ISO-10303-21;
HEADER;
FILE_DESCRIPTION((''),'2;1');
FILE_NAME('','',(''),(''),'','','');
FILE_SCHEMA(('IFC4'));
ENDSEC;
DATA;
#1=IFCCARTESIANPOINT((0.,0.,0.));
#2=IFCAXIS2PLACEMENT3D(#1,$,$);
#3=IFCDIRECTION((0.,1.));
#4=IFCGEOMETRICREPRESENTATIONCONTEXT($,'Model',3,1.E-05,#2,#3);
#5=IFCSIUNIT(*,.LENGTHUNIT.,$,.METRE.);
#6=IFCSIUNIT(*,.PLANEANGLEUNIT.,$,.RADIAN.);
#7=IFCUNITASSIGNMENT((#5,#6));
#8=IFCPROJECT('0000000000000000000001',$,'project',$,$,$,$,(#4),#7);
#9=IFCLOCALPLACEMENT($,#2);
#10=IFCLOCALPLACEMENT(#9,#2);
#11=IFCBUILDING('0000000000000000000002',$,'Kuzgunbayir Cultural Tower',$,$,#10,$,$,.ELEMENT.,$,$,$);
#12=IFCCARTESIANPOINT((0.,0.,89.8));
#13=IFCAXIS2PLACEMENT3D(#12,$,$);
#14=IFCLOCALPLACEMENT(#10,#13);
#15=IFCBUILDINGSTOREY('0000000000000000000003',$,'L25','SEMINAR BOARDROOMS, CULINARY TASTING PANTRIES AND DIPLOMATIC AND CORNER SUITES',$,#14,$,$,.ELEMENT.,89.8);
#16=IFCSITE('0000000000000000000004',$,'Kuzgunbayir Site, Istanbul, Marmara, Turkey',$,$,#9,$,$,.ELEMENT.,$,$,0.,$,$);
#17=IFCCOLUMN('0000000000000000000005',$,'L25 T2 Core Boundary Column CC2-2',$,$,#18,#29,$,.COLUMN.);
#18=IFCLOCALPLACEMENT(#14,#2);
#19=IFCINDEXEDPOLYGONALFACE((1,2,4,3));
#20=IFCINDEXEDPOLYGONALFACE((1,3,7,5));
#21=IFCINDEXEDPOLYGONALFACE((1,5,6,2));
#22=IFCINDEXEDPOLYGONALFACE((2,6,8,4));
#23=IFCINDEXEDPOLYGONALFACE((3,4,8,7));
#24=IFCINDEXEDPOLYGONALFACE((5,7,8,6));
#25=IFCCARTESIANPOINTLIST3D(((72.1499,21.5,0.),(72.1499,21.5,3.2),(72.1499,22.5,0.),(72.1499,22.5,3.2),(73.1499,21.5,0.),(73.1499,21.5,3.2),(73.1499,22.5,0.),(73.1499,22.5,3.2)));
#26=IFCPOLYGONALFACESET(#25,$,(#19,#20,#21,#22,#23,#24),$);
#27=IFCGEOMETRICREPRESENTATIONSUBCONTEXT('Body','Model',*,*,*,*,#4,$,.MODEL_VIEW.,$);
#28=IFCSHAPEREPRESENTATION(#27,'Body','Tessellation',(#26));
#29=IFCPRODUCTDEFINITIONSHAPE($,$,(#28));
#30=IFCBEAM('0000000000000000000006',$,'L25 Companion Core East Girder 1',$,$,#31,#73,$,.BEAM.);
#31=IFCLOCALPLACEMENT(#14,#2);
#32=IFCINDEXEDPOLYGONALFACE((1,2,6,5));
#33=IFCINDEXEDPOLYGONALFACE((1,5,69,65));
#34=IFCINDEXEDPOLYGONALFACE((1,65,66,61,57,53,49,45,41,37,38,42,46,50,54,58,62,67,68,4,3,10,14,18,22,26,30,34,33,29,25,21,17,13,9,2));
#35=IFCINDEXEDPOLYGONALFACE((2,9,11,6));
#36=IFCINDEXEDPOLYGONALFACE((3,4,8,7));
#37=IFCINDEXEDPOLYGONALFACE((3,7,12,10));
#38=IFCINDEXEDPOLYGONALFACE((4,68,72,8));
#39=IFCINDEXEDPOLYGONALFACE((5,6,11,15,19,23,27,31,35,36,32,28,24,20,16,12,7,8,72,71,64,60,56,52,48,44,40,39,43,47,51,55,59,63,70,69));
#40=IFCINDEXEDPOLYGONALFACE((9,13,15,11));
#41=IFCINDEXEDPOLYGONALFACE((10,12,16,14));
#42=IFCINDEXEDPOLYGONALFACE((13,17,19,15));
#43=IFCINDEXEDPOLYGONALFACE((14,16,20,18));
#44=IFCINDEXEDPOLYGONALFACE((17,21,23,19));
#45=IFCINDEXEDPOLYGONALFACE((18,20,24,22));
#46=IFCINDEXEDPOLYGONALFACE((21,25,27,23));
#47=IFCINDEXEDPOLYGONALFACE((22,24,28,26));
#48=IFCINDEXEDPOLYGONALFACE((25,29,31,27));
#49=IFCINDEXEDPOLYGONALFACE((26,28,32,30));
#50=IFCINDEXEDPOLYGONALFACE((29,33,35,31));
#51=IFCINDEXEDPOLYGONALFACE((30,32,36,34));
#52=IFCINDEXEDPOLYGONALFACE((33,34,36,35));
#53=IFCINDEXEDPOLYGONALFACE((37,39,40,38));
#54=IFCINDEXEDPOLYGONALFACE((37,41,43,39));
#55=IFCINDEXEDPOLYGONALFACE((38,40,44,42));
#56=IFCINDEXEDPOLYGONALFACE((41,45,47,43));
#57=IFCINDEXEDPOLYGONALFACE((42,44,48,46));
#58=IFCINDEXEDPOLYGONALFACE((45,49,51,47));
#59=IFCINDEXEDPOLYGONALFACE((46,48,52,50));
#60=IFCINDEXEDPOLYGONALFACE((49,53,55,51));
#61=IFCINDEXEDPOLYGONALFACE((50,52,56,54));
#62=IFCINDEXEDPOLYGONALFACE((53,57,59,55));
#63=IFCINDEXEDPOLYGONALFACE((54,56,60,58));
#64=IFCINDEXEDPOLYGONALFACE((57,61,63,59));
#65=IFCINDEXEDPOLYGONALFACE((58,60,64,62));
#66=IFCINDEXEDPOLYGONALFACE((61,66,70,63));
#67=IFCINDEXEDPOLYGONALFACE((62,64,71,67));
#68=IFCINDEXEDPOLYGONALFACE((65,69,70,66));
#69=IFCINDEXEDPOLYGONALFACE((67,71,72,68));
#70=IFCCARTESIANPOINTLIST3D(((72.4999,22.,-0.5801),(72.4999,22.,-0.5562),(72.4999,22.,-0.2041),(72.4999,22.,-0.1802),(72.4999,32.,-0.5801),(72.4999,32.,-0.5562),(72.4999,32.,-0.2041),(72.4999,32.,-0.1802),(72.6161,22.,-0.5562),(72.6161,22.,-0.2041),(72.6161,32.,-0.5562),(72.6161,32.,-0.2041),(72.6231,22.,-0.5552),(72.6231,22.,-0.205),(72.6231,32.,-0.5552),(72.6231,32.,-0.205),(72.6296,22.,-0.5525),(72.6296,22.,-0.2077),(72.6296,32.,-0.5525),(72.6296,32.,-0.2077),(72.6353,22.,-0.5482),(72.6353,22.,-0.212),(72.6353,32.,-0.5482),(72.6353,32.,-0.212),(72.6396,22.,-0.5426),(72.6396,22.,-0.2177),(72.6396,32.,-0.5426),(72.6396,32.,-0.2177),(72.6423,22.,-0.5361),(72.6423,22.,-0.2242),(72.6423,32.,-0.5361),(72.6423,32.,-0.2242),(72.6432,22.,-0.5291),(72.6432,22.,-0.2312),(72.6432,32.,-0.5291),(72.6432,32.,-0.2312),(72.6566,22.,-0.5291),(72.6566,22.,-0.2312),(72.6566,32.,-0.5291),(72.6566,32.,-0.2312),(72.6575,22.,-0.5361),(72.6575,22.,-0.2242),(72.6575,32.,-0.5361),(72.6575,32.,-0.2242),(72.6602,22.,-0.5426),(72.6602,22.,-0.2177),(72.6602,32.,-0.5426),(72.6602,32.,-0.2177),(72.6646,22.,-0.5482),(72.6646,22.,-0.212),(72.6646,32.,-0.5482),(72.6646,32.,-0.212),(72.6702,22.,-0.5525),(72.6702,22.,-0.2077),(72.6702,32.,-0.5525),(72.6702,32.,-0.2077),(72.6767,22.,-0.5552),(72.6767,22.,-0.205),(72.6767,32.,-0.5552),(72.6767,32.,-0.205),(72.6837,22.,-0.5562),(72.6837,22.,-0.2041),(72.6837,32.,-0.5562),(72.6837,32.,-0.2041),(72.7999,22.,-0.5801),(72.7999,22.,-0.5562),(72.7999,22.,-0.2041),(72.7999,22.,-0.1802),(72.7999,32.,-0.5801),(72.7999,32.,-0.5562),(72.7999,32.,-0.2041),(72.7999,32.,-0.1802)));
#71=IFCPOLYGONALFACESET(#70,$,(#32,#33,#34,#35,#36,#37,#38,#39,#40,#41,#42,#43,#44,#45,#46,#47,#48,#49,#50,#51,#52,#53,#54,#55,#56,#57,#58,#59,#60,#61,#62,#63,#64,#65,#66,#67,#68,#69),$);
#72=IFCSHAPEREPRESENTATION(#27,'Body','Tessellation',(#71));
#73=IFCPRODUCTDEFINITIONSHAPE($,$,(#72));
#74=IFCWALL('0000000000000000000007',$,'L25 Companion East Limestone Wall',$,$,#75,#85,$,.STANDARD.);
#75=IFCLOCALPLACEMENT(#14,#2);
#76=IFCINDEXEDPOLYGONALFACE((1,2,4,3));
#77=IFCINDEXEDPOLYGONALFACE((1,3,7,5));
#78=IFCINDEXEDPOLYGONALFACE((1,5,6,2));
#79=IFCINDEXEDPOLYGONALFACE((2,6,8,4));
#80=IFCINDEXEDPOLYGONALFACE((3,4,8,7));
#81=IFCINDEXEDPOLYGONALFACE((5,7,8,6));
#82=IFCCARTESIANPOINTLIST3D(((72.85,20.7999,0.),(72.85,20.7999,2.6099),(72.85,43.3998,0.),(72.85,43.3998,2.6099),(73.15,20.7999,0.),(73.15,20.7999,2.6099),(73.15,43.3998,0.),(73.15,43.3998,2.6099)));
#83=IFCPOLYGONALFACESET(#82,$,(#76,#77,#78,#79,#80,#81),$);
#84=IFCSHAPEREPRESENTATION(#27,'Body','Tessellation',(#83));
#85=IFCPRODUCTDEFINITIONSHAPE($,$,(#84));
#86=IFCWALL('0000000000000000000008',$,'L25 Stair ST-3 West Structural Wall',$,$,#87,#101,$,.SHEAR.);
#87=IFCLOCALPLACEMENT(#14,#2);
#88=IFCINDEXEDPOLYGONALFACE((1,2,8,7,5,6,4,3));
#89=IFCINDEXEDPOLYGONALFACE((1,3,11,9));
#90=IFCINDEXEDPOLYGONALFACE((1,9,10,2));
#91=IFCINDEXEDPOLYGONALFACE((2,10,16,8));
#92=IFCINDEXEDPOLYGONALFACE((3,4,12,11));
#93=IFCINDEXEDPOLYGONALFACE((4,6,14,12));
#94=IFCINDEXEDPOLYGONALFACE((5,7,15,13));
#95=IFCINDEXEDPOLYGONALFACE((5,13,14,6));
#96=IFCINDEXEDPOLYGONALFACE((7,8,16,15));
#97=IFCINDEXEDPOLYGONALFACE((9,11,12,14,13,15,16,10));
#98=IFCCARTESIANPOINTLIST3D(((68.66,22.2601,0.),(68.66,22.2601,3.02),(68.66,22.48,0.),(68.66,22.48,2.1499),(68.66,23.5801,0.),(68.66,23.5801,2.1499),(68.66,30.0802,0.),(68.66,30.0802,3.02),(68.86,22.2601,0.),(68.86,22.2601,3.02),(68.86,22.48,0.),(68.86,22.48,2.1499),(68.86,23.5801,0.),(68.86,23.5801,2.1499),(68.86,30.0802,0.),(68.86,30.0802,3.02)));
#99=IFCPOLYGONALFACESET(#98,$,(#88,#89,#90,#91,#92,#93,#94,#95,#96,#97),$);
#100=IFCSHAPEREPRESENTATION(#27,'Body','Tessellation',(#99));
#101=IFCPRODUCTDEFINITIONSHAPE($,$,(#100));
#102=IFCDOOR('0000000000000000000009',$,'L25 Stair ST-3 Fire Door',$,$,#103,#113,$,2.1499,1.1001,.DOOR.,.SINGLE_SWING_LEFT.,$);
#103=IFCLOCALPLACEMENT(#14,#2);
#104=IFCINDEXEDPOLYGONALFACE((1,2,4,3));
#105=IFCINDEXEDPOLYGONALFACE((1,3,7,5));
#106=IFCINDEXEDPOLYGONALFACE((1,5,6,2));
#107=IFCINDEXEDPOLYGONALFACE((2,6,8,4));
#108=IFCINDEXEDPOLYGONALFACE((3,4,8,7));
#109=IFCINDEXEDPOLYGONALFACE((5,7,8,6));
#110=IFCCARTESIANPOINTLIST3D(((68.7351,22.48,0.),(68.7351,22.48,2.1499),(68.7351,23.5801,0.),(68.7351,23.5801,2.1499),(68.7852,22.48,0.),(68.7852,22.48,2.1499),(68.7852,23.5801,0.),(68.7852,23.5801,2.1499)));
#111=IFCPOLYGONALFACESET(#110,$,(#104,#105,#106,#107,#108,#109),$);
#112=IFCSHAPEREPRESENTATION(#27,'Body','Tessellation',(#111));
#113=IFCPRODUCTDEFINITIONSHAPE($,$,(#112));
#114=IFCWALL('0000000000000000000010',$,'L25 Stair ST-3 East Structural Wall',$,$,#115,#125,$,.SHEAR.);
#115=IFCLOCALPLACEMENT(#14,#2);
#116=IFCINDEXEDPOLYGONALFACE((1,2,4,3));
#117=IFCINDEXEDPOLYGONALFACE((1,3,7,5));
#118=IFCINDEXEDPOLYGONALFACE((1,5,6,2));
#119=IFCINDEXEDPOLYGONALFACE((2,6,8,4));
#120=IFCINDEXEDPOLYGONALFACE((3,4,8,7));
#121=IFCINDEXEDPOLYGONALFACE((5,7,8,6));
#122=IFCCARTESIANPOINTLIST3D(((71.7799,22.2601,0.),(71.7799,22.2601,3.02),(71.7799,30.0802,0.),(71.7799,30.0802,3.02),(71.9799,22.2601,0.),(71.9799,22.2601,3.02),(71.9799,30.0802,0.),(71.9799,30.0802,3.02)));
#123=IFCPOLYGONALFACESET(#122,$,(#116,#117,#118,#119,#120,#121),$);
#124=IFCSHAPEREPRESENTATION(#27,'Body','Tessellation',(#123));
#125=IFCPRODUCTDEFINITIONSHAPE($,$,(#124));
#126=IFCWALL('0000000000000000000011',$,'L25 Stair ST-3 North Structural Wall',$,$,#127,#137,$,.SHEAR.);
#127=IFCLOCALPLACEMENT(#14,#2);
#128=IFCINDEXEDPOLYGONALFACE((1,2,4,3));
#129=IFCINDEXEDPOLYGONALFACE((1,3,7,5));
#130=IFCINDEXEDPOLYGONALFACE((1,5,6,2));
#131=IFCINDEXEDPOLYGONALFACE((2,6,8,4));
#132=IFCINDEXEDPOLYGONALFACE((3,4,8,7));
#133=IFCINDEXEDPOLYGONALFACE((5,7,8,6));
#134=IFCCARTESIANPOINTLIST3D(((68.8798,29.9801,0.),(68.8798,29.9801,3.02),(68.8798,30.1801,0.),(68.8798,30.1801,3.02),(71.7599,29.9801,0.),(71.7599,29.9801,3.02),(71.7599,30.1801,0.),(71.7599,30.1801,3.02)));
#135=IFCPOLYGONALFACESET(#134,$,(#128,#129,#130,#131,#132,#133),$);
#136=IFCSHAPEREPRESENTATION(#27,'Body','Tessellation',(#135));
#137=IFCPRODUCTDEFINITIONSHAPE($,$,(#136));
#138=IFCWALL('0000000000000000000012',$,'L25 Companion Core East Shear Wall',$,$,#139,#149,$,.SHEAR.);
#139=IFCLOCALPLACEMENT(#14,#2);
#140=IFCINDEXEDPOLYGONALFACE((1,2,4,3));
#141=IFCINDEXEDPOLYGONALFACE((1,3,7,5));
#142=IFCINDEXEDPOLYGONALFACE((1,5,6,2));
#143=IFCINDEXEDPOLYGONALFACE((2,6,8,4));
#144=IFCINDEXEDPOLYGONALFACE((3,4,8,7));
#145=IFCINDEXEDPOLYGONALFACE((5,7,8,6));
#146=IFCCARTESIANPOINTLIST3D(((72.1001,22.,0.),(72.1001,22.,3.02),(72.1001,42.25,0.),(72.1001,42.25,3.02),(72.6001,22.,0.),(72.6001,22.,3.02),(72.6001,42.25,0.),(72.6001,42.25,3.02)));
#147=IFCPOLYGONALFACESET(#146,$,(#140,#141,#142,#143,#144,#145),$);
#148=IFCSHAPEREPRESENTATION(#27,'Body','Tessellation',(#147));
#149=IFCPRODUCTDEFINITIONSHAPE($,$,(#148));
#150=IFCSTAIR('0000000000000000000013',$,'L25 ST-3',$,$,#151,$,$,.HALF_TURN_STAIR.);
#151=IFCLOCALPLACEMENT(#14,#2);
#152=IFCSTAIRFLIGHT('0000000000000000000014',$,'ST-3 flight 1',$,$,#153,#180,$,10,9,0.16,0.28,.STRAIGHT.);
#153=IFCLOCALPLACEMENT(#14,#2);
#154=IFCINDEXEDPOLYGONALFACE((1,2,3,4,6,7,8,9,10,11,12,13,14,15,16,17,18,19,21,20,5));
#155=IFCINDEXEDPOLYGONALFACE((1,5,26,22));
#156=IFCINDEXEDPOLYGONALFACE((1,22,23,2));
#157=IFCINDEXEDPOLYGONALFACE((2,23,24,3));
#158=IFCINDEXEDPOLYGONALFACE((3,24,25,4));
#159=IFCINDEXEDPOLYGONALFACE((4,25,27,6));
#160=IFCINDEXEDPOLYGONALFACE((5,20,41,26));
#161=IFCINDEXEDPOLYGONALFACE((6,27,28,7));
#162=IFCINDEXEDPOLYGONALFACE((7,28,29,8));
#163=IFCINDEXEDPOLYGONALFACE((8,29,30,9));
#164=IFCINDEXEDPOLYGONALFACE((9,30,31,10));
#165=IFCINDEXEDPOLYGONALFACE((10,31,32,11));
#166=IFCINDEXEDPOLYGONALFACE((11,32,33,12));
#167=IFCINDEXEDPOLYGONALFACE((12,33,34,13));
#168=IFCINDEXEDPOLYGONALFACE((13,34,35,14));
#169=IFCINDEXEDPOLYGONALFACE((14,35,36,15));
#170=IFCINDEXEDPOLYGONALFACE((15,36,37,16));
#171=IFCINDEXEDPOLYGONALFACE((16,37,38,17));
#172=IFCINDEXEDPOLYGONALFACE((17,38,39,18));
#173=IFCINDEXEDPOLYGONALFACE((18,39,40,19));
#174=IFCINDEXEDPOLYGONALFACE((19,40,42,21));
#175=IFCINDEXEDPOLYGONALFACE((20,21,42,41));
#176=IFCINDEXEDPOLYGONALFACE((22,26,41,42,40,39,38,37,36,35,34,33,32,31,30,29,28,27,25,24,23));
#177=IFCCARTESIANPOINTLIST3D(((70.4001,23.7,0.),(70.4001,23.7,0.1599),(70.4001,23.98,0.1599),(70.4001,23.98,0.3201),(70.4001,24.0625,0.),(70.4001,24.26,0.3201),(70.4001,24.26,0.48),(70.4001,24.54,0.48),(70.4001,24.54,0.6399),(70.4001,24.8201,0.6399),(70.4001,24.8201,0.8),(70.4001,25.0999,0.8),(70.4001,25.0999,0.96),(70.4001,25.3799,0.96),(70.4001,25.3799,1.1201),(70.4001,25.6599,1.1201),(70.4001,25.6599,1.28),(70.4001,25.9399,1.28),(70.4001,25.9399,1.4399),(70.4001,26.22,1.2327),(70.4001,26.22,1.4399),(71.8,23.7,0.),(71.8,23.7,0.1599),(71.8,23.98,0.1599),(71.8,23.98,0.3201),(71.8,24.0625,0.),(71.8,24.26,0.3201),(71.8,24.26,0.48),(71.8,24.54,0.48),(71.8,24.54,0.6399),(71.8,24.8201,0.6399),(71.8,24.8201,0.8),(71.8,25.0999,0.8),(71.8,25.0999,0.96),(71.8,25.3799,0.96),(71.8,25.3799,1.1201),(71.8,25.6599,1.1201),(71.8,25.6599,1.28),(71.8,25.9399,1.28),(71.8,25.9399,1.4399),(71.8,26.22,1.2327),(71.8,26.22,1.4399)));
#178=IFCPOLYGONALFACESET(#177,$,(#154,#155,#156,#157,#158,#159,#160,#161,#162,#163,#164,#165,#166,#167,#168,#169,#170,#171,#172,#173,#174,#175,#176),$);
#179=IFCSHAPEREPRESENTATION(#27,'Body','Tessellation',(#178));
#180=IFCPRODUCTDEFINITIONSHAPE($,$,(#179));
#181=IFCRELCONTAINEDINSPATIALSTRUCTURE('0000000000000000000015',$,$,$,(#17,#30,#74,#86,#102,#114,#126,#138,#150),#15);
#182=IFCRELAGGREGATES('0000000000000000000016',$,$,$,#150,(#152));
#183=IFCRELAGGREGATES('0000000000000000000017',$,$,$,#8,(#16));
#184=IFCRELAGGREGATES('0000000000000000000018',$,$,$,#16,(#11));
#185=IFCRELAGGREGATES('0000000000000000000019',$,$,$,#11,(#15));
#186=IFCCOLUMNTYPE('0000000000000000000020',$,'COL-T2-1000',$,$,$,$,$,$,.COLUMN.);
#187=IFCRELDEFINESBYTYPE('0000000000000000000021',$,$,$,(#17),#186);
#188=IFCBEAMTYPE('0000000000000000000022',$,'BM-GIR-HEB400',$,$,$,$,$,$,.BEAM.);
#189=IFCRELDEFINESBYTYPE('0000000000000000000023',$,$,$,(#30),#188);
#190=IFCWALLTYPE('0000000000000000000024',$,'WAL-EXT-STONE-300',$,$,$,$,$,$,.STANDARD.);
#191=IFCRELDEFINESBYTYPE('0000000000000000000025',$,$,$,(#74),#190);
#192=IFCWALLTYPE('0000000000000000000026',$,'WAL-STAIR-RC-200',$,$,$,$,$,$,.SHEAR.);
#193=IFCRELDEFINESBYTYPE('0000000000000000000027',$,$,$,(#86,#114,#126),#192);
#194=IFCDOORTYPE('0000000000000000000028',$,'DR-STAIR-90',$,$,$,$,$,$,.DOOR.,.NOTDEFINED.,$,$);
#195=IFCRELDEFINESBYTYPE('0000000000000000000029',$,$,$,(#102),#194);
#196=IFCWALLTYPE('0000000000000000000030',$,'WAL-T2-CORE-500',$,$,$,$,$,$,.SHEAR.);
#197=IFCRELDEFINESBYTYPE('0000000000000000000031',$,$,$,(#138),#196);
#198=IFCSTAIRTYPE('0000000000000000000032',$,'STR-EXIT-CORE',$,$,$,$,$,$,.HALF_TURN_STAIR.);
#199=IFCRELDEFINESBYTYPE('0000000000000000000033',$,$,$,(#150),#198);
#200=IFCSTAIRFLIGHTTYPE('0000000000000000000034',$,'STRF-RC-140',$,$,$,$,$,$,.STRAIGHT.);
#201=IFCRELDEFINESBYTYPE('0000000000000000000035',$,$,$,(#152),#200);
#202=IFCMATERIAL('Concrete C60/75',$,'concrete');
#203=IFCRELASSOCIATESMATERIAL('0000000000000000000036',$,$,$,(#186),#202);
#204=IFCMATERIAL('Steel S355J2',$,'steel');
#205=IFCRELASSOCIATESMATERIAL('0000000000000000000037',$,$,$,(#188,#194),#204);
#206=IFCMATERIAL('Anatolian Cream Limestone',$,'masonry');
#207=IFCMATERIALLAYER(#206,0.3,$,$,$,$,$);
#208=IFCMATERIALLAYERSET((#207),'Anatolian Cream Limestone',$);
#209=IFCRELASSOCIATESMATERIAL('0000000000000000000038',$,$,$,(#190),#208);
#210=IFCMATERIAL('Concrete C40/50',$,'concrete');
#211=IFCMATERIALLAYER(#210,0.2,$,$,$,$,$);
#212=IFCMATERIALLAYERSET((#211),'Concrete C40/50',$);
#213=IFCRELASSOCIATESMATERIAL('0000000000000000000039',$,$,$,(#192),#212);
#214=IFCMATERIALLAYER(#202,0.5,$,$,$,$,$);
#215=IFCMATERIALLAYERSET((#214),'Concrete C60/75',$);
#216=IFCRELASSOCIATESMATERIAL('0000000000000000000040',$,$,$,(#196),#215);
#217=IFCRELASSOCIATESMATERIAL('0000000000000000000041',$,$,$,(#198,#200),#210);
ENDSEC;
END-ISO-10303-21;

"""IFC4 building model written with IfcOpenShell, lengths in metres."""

from ifc_helpers import new_model, si_unit, direction, frame, frame_2d, origin, origin_2d, place, context, subcontext, project, spatial, polyline, rectangle, i_section, outline, extrude, material, layer, layer_set, material_profile, profile_set, type_object, element, fill, aggregate, save


model = new_model("IFC4")

# Units and contexts
model_context = context("Model", 3, precision=1e-05, world=origin(), true_north=direction((0.0, 1.0)))
body_context = subcontext(model_context, "Body", "Model", "MODEL_VIEW")
ifc_project = project(units=[si_unit("LENGTHUNIT", "METRE"), si_unit("PLANEANGLEUNIT", "RADIAN")], contexts=[model_context])

# Site, building, storey
site_placement = place(None, origin())
site = spatial("IfcSite", under=ifc_project, at=site_placement, Name="Kuzgunbayir Site, Istanbul, Marmara, Turkey", CompositionType="ELEMENT", RefElevation=0.0)
building_placement = place(site_placement, origin())
building = spatial("IfcBuilding", under=site, at=building_placement, Name="Kuzgunbayir Cultural Tower", CompositionType="ELEMENT")
storey_placement = place(building_placement, frame((0.0, 0.0, 89.8)))
storey = spatial("IfcBuildingStorey", under=building, at=storey_placement, Name="L25", Description="SEMINAR BOARDROOMS, CULINARY TASTING PANTRIES AND DIPLOMATIC AND CORNER SUITES", CompositionType="ELEMENT", Elevation=89.8)

# Column
ifc_material_1 = material(Name="Concrete C60/75", Category="concrete")
ifc_material_profile_1 = material_profile(ifc_material_1, rectangle(XDim=1.0, YDim=1.0, at=origin_2d()), Name="RC 1000x1000")
ifc_profile_set_1 = profile_set([ifc_material_profile_1], Name="Concrete C60/75")
column_type = type_object("IfcColumnType", Name="COL-T2-1000", PredefinedType="COLUMN", material=ifc_profile_set_1)
column_placement = place(storey_placement, frame((72.6499, 22.0, 0.0), z_axis=(0.0, 0.0, 1.0), x_axis=(1.0, 0.0, 0.0)))
element("IfcColumn", 1, at=column_placement, inside=storey, type_object=column_type, Name="L25 T2 Core Boundary Column CC2-2", PredefinedType="COLUMN", context=body_context, shape_type="SweptSolid", body=[
    extrude(rectangle(XDim=1.0, YDim=1.0, at=origin_2d()), origin(), (0.0, 0.0, 1.0), 3.2),
])

# Beam
ifc_material_2 = material(Name="Steel S355J2", Category="steel")
ifc_material_profile_2 = material_profile(ifc_material_2, i_section(OverallWidth=0.3, OverallDepth=0.3999, WebThickness=0.0134, FlangeThickness=0.0239, FilletRadius=0.0271, at=origin_2d()), Name="HEB 400")
ifc_profile_set_2 = profile_set([ifc_material_profile_2], Name="Steel S355J2")
beam_type = type_object("IfcBeamType", Name="BM-GIR-HEB400", PredefinedType="BEAM", material=ifc_profile_set_2)
beam_placement = place(storey_placement, frame((72.6499, 22.0, -0.3801), z_axis=(0.0, 1.0, 0.0), x_axis=(-1.0, 0.0, 0.0)))
element("IfcBeam", 2, at=beam_placement, inside=storey, type_object=beam_type, Name="L25 Companion Core East Girder 1", PredefinedType="BEAM", context=body_context, shape_type="SweptSolid", body=[
    extrude(i_section(OverallWidth=0.3, OverallDepth=0.3999, WebThickness=0.0134, FlangeThickness=0.0239, FilletRadius=0.0271, at=origin_2d()), origin(), (0.0, 0.0, 1.0), 10.0),
])

# Wall
ifc_material_3 = material(Name="Anatolian Cream Limestone", Category="masonry")
ifc_layer_1 = layer(ifc_material_3, 0.3)
ifc_layer_set_1 = layer_set([ifc_layer_1], Name="Anatolian Cream Limestone")
wall_type_1 = type_object("IfcWallType", Name="WAL-EXT-STONE-300", PredefinedType="STANDARD", material=ifc_layer_set_1)
wall_1_placement = place(storey_placement, frame((73.0, 20.8, 0.0), z_axis=(0.0, 0.0, 1.0), x_axis=(0.0, 1.0, 0.0)))
element("IfcWall", 3, at=wall_1_placement, inside=storey, type_object=wall_type_1, Name="L25 Companion East Limestone Wall", PredefinedType="STANDARD", context=body_context, shape_type="SweptSolid", body=[
    extrude(rectangle(XDim=22.5999, YDim=0.3, at=frame_2d((11.2998, 0.0))), origin(), (0.0, 0.0, 1.0), 2.6099),
])

# Wall, opening, door
ifc_material_4 = material(Name="Concrete C40/50", Category="concrete")
ifc_layer_2 = layer(ifc_material_4, 0.2)
ifc_layer_set_2 = layer_set([ifc_layer_2], Name="Concrete C40/50")
wall_type_2 = type_object("IfcWallType", Name="WAL-STAIR-RC-200", PredefinedType="SHEAR", material=ifc_layer_set_2)
wall_2_placement = place(storey_placement, frame((68.76, 22.26, 0.0), z_axis=(0.0, 0.0, 1.0), x_axis=(0.0, 1.0, 0.0)))
wall_2 = element("IfcWall", 4, at=wall_2_placement, inside=storey, type_object=wall_type_2, Name="L25 Stair ST-3 West Structural Wall", PredefinedType="SHEAR", context=body_context, shape_type="SweptSolid", body=[
    extrude(rectangle(XDim=7.8201, YDim=0.2, at=frame_2d((3.9102, 0.0))), origin(), (0.0, 0.0, 1.0), 3.02),
])
opening_1_placement = place(wall_2_placement, frame((0.22, 0.0, 0.0)))
opening_1 = element("IfcOpeningElement", 5, at=opening_1_placement, cuts=wall_2, PredefinedType="OPENING", context=body_context, shape_type="SweptSolid", body=[
    extrude(rectangle(XDim=1.1001, YDim=2.1499, at=frame_2d((0.55, 1.075))), frame((0.0, 0.1099, 0.0), z_axis=(0.0, -1.0, 0.0), x_axis=(1.0, 0.0, 0.0)), (0.0, 0.0, 1.0), 0.22),
])
door_type_1 = type_object("IfcDoorType", Name="DR-STAIR-90", OperationType="NOTDEFINED", PredefinedType="DOOR", material=ifc_material_2)
door_1_placement = place(opening_1_placement, origin())
door_1 = element("IfcDoor", 6, at=door_1_placement, inside=storey, type_object=door_type_1, Name="L25 Stair ST-3 Fire Door", OperationType="SINGLE_SWING_LEFT", OverallHeight=2.1499, OverallWidth=1.1001, PredefinedType="DOOR", context=body_context, shape_type="SweptSolid", body=[
    extrude(rectangle(XDim=1.1001, YDim=2.1499, at=frame_2d((0.55, 1.075))), frame((0.0, 0.0249, 0.0), z_axis=(0.0, -1.0, 0.0), x_axis=(1.0, 0.0, 0.0)), (0.0, 0.0, 1.0), 0.05),
])
fill(opening_1, door_1)

# Walls
wall_3_placement = place(storey_placement, frame((71.8799, 22.26, 0.0), z_axis=(0.0, 0.0, 1.0), x_axis=(0.0, 1.0, 0.0)))
element("IfcWall", 7, at=wall_3_placement, inside=storey, type_object=wall_type_2, Name="L25 Stair ST-3 East Structural Wall", PredefinedType="SHEAR", context=body_context, shape_type="SweptSolid", body=[
    extrude(rectangle(XDim=7.8201, YDim=0.2, at=frame_2d((3.9102, 0.0))), origin(), (0.0, 0.0, 1.0), 3.02),
])
wall_4_placement = place(storey_placement, frame((68.8799, 30.0801, 0.0), z_axis=(0.0, 0.0, 1.0), x_axis=(1.0, 0.0, 0.0)))
element("IfcWall", 8, at=wall_4_placement, inside=storey, type_object=wall_type_2, Name="L25 Stair ST-3 North Structural Wall", PredefinedType="SHEAR", context=body_context, shape_type="SweptSolid", body=[
    extrude(rectangle(XDim=2.8801, YDim=0.2, at=frame_2d((1.4399, 0.0))), origin(), (0.0, 0.0, 1.0), 3.02),
])
ifc_layer_3 = layer(ifc_material_1, 0.5)
ifc_layer_set_3 = layer_set([ifc_layer_3], Name="Concrete C60/75")
wall_type_3 = type_object("IfcWallType", Name="WAL-T2-CORE-500", PredefinedType="SHEAR", material=ifc_layer_set_3)
wall_5_placement = place(storey_placement, frame((72.3501, 22.0, 0.0), z_axis=(0.0, 0.0, 1.0), x_axis=(0.0, 1.0, 0.0)))
element("IfcWall", 9, at=wall_5_placement, inside=storey, type_object=wall_type_3, Name="L25 Companion Core East Shear Wall", PredefinedType="SHEAR", context=body_context, shape_type="SweptSolid", body=[
    extrude(rectangle(XDim=20.25, YDim=0.5, at=frame_2d((10.125, 0.0))), origin(), (0.0, 0.0, 1.0), 3.02),
])

# Stair, stair flight
stair_type = type_object("IfcStairType", Name="STR-EXIT-CORE", PredefinedType="HALF_TURN_STAIR", material=ifc_material_4)
stair_placement = place(storey_placement, origin())
stair = element("IfcStair", 10, at=stair_placement, inside=storey, type_object=stair_type, Name="L25 ST-3", PredefinedType="HALF_TURN_STAIR")
stair_flight_type = type_object("IfcStairFlightType", Name="STRF-RC-140", PredefinedType="STRAIGHT", material=ifc_material_4)
stair_flight_1_placement = place(storey_placement, frame((71.1001, 23.7, 0.0), z_axis=(0.0, 0.0, 1.0), x_axis=(0.0, 1.0, 0.0)))
stair_flight_1 = element("IfcStairFlight", 11, at=stair_flight_1_placement, type_object=stair_flight_type, Name="ST-3 flight 1", NumberOfRisers=10, NumberOfTreads=9, PredefinedType="STRAIGHT", RiserHeight=0.16, TreadLength=0.28, context=body_context, shape_type="SweptSolid", body=[
    extrude(outline(polyline([(0.0, 0.0), (0.0, 0.1599), (0.28, 0.1599), (0.28, 0.3201), (0.5601, 0.3201), (0.5601, 0.48), (0.8401, 0.48), (0.8401, 0.6399), (1.1201, 0.6399), (1.1201, 0.8), (1.3999, 0.8), (1.3999, 0.96), (1.6799, 0.96), (1.6799, 1.1201), (1.96, 1.1201), (1.96, 1.28), (2.24, 1.28), (2.24, 1.4399), (2.52, 1.4399), (2.52, 1.6001), (2.52, 1.2327), (0.3625, 0.0), (0.0, 0.0)])), frame((0.0, 0.7, 0.0), z_axis=(0.0, -1.0, 0.0), x_axis=(1.0, 0.0, 0.0)), (0.0, 0.0, 1.0), 1.3999),
])
aggregate(stair, [stair_flight_1])

save(model, "model.ifc")
